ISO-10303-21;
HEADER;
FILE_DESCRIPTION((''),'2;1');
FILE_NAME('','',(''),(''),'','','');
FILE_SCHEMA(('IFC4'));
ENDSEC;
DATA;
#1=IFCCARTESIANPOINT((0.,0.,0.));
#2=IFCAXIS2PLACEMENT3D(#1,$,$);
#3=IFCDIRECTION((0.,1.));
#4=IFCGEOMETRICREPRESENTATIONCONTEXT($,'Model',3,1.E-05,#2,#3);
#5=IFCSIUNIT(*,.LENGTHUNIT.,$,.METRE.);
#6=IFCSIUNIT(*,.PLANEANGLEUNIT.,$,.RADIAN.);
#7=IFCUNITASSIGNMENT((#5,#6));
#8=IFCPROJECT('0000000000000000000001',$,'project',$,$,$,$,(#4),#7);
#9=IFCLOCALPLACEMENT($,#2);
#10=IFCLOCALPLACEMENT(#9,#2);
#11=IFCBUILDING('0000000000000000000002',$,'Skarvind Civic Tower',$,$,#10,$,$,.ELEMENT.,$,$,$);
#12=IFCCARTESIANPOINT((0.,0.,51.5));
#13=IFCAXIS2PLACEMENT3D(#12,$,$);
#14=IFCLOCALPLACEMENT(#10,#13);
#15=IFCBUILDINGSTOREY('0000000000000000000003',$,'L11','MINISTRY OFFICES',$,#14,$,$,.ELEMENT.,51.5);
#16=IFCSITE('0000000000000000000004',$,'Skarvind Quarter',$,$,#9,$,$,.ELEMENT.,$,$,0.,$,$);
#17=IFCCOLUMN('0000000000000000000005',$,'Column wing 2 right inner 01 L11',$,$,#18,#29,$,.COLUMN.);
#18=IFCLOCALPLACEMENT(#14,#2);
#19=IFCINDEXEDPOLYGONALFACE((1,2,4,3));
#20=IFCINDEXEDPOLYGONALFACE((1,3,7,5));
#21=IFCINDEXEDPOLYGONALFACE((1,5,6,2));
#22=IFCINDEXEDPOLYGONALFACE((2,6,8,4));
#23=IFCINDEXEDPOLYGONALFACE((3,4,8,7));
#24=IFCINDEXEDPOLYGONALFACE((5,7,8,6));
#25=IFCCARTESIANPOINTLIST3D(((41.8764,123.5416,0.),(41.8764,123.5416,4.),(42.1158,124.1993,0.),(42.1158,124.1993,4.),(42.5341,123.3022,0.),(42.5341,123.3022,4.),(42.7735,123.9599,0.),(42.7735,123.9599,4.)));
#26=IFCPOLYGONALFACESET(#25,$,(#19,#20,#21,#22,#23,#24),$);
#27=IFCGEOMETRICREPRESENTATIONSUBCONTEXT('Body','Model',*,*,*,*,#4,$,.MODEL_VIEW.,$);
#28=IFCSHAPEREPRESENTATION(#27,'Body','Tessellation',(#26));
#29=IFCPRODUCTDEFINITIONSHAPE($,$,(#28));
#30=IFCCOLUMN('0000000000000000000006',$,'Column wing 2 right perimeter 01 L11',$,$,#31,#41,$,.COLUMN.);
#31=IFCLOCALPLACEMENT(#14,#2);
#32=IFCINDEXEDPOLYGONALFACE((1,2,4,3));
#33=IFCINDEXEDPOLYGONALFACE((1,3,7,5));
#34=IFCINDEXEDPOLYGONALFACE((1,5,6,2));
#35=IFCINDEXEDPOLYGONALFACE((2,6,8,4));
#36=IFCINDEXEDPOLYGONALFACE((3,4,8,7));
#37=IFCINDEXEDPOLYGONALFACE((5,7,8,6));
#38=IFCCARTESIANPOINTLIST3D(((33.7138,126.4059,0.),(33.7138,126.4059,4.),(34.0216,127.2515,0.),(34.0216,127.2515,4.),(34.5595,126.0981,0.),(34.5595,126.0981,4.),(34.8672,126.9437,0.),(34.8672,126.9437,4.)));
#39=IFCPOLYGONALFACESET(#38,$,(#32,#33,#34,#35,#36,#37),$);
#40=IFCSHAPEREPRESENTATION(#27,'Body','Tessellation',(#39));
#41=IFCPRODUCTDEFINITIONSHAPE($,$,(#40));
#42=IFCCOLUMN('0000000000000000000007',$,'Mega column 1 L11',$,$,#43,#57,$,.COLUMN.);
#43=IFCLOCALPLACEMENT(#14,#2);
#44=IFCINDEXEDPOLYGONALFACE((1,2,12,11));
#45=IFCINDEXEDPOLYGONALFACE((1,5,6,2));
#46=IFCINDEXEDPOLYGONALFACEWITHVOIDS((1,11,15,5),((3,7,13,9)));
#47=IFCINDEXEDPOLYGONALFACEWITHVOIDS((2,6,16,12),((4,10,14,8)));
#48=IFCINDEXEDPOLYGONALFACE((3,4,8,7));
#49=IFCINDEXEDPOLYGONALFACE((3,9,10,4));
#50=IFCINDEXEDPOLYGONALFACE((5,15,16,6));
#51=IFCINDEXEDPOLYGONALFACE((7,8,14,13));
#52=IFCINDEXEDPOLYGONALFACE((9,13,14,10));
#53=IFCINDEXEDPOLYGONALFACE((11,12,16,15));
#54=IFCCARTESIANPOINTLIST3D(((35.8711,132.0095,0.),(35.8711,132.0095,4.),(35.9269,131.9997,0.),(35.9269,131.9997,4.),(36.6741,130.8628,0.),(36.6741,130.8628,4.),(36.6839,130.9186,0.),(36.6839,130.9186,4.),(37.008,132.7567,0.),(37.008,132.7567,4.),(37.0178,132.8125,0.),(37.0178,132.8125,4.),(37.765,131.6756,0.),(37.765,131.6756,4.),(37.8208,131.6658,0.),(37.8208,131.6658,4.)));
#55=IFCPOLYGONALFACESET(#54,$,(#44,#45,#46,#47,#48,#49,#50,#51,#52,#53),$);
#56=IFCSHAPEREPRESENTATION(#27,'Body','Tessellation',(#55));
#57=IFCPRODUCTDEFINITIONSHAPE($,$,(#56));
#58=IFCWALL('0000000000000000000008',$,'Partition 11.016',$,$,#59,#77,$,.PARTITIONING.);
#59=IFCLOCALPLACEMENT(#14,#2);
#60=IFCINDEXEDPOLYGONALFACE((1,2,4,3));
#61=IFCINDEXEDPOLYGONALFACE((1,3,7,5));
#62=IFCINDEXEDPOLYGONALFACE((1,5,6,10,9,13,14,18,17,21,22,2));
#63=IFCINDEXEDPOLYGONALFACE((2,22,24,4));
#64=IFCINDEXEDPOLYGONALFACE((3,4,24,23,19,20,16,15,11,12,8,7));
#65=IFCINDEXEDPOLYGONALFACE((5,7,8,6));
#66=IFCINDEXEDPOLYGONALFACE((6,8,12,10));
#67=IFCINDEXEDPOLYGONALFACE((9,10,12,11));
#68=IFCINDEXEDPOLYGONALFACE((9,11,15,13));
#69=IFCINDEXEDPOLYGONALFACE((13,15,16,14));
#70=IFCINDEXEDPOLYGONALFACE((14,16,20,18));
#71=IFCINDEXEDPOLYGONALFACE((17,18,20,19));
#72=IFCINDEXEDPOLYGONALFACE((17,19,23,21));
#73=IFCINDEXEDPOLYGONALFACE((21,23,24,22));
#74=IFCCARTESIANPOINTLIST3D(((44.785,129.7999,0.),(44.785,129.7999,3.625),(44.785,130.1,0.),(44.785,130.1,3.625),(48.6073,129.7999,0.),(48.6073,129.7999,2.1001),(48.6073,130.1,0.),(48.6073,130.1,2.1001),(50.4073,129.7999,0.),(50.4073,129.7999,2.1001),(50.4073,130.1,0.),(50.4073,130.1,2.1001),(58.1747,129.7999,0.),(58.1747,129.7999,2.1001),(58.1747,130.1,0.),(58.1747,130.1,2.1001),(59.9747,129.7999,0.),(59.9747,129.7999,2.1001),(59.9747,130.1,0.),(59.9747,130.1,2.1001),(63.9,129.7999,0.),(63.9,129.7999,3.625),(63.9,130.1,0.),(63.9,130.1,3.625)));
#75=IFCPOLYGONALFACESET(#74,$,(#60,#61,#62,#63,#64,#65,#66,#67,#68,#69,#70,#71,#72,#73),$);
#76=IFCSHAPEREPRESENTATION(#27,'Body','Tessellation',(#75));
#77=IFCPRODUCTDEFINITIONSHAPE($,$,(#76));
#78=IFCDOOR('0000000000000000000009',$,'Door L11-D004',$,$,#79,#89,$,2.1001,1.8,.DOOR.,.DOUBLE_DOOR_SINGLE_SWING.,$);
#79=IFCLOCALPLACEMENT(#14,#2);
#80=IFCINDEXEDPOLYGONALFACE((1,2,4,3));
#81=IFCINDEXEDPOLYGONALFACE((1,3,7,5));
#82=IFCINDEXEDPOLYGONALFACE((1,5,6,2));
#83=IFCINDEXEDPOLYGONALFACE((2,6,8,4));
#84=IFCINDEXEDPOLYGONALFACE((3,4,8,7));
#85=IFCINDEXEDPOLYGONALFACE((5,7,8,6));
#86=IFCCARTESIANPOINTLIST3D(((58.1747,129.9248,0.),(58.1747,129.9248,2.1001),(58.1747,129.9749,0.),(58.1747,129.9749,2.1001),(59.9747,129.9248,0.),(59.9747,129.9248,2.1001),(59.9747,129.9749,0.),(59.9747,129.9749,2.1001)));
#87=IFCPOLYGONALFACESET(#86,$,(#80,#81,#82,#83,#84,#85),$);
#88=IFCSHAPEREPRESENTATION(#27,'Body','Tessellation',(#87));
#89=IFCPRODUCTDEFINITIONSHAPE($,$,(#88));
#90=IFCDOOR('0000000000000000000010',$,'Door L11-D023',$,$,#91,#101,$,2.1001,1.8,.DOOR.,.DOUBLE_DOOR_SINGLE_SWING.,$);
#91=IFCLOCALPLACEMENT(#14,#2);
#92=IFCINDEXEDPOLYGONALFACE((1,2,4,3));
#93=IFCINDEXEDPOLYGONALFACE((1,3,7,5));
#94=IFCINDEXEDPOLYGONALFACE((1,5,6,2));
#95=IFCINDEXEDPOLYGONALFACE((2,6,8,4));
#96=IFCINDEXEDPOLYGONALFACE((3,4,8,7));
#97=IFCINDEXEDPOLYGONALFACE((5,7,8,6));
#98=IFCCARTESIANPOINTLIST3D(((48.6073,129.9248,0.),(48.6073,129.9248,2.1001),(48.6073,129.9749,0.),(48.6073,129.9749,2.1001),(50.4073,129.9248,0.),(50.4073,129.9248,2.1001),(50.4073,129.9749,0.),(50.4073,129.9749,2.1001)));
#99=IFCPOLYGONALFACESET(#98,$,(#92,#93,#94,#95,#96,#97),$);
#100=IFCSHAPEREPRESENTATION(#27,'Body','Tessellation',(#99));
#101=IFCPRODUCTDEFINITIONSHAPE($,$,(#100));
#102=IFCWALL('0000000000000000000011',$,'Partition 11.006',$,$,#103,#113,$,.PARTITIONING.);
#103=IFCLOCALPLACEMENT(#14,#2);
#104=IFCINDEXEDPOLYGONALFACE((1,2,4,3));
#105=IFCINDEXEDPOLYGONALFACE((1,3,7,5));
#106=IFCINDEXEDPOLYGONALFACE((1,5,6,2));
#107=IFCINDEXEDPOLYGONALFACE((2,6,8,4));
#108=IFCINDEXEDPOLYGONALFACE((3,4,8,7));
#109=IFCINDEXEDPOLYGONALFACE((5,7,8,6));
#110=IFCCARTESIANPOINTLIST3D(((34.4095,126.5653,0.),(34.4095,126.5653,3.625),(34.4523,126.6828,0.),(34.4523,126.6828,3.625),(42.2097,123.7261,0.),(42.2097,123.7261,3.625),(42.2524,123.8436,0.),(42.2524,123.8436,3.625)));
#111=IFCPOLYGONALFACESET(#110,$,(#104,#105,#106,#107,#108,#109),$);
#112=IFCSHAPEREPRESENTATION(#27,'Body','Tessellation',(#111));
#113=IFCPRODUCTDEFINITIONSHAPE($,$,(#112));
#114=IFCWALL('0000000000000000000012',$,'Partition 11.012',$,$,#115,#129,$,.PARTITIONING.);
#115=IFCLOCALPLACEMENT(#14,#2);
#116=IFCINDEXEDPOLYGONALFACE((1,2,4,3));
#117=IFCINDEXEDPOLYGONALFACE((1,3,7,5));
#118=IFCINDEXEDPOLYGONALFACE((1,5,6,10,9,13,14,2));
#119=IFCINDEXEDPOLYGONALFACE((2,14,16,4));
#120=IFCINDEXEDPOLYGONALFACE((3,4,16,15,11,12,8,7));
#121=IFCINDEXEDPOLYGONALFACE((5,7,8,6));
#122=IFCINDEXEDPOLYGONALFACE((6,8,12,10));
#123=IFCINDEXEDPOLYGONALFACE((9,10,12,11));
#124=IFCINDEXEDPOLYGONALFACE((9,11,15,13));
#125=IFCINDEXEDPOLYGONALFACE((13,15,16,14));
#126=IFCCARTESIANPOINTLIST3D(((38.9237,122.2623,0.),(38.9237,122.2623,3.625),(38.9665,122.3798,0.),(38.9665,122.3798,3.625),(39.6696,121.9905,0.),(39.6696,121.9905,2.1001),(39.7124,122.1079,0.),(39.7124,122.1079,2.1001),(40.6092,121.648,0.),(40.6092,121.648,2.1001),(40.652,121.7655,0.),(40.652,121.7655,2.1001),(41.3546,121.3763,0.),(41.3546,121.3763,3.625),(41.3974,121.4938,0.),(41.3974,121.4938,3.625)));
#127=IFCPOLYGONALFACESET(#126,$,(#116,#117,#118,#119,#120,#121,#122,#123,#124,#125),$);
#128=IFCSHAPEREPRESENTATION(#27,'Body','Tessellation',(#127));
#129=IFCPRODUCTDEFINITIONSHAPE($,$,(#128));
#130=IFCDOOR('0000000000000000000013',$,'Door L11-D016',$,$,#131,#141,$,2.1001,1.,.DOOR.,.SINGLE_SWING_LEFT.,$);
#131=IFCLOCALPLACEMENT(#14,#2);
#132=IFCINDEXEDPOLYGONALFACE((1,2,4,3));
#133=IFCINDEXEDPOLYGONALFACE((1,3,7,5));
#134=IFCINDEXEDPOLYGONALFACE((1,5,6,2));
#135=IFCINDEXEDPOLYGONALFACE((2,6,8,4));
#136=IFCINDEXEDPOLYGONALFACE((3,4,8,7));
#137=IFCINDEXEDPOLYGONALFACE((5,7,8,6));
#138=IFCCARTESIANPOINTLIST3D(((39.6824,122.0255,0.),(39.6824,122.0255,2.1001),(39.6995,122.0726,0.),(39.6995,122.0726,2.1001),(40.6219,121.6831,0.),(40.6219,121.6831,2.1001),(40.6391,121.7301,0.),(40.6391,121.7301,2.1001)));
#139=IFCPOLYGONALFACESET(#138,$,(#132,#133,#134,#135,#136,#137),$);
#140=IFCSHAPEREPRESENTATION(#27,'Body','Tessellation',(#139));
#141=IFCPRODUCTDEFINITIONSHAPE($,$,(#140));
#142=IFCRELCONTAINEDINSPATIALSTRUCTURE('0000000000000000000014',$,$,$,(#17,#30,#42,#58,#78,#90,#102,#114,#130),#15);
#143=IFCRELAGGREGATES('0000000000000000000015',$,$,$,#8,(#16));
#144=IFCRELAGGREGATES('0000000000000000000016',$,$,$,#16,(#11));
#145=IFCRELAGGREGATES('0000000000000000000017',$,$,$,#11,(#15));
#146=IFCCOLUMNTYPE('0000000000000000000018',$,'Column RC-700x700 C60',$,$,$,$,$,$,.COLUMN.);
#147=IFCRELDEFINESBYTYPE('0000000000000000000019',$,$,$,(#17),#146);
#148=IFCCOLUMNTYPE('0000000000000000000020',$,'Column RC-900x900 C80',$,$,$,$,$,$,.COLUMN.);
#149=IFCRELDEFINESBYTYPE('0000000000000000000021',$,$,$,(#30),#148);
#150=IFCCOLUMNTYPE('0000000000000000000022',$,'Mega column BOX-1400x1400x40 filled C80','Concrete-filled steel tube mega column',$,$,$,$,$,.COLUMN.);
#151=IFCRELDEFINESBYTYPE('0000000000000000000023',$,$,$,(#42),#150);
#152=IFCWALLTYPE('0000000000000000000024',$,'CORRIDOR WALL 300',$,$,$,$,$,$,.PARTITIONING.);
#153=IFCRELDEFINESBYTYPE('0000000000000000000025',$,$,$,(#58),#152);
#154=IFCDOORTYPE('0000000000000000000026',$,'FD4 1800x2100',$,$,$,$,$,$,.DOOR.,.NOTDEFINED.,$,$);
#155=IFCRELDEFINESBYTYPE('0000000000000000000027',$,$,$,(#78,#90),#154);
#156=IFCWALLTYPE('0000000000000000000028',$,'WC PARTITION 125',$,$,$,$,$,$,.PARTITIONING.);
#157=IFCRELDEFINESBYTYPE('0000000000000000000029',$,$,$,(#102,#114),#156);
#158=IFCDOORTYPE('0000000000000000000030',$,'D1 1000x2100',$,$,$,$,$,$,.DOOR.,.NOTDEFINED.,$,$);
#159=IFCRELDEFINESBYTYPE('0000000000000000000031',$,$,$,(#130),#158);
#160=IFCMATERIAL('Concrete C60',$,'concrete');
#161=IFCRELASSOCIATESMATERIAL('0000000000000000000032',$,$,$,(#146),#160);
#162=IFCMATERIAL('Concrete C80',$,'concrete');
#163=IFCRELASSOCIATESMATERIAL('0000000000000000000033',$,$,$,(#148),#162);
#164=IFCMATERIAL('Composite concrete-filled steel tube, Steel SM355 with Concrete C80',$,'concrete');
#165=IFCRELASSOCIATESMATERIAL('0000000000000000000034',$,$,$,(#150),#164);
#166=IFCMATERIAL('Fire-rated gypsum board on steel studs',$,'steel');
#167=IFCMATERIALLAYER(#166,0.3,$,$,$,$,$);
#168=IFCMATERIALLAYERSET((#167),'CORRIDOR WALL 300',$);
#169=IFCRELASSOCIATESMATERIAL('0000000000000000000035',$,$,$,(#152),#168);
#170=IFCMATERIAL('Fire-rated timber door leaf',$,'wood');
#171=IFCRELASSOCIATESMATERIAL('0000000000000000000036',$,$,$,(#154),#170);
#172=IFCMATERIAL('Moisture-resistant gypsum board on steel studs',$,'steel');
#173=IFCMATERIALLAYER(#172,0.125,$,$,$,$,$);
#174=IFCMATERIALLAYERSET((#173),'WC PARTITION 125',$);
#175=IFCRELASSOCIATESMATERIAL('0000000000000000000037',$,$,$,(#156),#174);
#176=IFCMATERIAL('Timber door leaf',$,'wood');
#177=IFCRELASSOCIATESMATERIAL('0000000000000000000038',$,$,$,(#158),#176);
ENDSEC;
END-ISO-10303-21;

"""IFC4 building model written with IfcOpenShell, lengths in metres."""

from ifc_helpers import new_model, si_unit, direction, frame, frame_2d, origin, origin_2d, place, context, subcontext, project, spatial, rectangle, hollow_rectangle, extrude, material, layer, layer_set, material_profile, profile_set, type_object, element, fill, save


model = new_model("IFC4")

# Units and contexts
model_context = context("Model", 3, precision=1e-05, world=origin(), true_north=direction((0.0, 1.0)))
body_context = subcontext(model_context, "Body", "Model", "MODEL_VIEW")
ifc_project = project(units=[si_unit("LENGTHUNIT", "METRE"), si_unit("PLANEANGLEUNIT", "RADIAN")], contexts=[model_context])

# Site, building, storey
site_placement = place(None, origin())
site = spatial("IfcSite", under=ifc_project, at=site_placement, Name="Skarvind Quarter", CompositionType="ELEMENT", RefElevation=0.0)
building_placement = place(site_placement, origin())
building = spatial("IfcBuilding", under=site, at=building_placement, Name="Skarvind Civic Tower", CompositionType="ELEMENT")
storey_placement = place(building_placement, frame((0.0, 0.0, 51.5)))
storey = spatial("IfcBuildingStorey", under=building, at=storey_placement, Name="L11", Description="MINISTRY OFFICES", CompositionType="ELEMENT", Elevation=51.5)

# Columns
ifc_material_1 = material(Name="Concrete C60", Category="concrete")
ifc_material_profile_1 = material_profile(ifc_material_1, rectangle(XDim=0.7, YDim=0.7, at=origin_2d()), Name="RC-700x700")
ifc_profile_set_1 = profile_set([ifc_material_profile_1], Name="Concrete C60")
column_type_1 = type_object("IfcColumnType", Name="Column RC-700x700 C60", PredefinedType="COLUMN", material=ifc_profile_set_1)
column_1_placement = place(storey_placement, frame((42.325, 123.7507, 0.0), z_axis=(0.0, 0.0, 1.0), x_axis=(-0.34202, -0.939693, 0.0)))
element("IfcColumn", 1, at=column_1_placement, inside=storey, type_object=column_type_1, Name="Column wing 2 right inner 01 L11", PredefinedType="COLUMN", context=body_context, shape_type="SweptSolid", body=[
    extrude(rectangle(XDim=0.7, YDim=0.7, at=origin_2d()), origin(), (0.0, 0.0, 1.0), 4.0),
])
ifc_material_2 = material(Name="Concrete C80", Category="concrete")
ifc_material_profile_2 = material_profile(ifc_material_2, rectangle(XDim=0.8999, YDim=0.8999, at=origin_2d()), Name="RC-900x900")
ifc_profile_set_2 = profile_set([ifc_material_profile_2], Name="Concrete C80")
column_type_2 = type_object("IfcColumnType", Name="Column RC-900x900 C80", PredefinedType="COLUMN", material=ifc_profile_set_2)
column_2_placement = place(storey_placement, frame((34.2905, 126.6748, 0.0), z_axis=(0.0, 0.0, 1.0), x_axis=(-0.34202, -0.939693, 0.0)))
element("IfcColumn", 2, at=column_2_placement, inside=storey, type_object=column_type_2, Name="Column wing 2 right perimeter 01 L11", PredefinedType="COLUMN", context=body_context, shape_type="SweptSolid", body=[
    extrude(rectangle(XDim=0.8999, YDim=0.8999, at=origin_2d()), origin(), (0.0, 0.0, 1.0), 4.0),
])
ifc_material_3 = material(Name="Composite concrete-filled steel tube, Steel SM355 with Concrete C80", Category="concrete")
ifc_material_profile_3 = material_profile(ifc_material_3, hollow_rectangle(XDim=1.3999, YDim=1.3999, WallThickness=0.04, at=origin_2d()), Name="BOX-1400x1400x40")
ifc_profile_set_3 = profile_set([ifc_material_profile_3], Name="Composite concrete-filled steel tube, Steel SM355 with Concrete C80")
column_type_3 = type_object("IfcColumnType", Name="Mega column BOX-1400x1400x40 filled C80", Description="Concrete-filled steel tube mega column", PredefinedType="COLUMN", material=ifc_profile_set_3)
column_3_placement = place(storey_placement, frame((36.8459, 131.8376, 0.0), z_axis=(0.0, 0.0, 1.0), x_axis=(0.573576, -0.819152, 0.0)))
element("IfcColumn", 3, at=column_3_placement, inside=storey, type_object=column_type_3, Name="Mega column 1 L11", PredefinedType="COLUMN", context=body_context, shape_type="SweptSolid", body=[
    extrude(hollow_rectangle(XDim=1.3999, YDim=1.3999, WallThickness=0.04, at=origin_2d()), origin(), (0.0, 0.0, 1.0), 4.0),
])

# Wall, openings, doors
ifc_material_4 = material(Name="Fire-rated gypsum board on steel studs", Category="steel")
ifc_layer_1 = layer(ifc_material_4, 0.3)
ifc_layer_set_1 = layer_set([ifc_layer_1], Name="CORRIDOR WALL 300")
wall_type_1 = type_object("IfcWallType", Name="CORRIDOR WALL 300", PredefinedType="PARTITIONING", material=ifc_layer_set_1)
wall_1_placement = place(storey_placement, frame((44.7849, 129.95, 0.0), z_axis=(0.0, 0.0, 1.0), x_axis=(1.0, 0.0, 0.0)))
wall_1 = element("IfcWall", 4, at=wall_1_placement, inside=storey, type_object=wall_type_1, Name="Partition 11.016", PredefinedType="PARTITIONING", context=body_context, shape_type="SweptSolid", body=[
    extrude(rectangle(XDim=19.115, YDim=0.3, at=frame_2d((9.5576, 0.0))), origin(), (0.0, 0.0, 1.0), 3.625),
])
opening_1_placement = place(wall_1_placement, frame((13.3899, 0.0, 0.0)))
opening_1 = element("IfcOpeningElement", 5, at=opening_1_placement, cuts=wall_1, PredefinedType="OPENING", context=body_context, shape_type="SweptSolid", body=[
    extrude(rectangle(XDim=1.8, YDim=2.1001, at=frame_2d((0.8999, 1.05))), frame((0.0, 0.1599, 0.0), z_axis=(0.0, -1.0, 0.0), x_axis=(1.0, 0.0, 0.0)), (0.0, 0.0, 1.0), 0.3201),
])
opening_2_placement = place(wall_1_placement, frame((3.8225, 0.0, 0.0)))
opening_2 = element("IfcOpeningElement", 6, at=opening_2_placement, cuts=wall_1, PredefinedType="OPENING", context=body_context, shape_type="SweptSolid", body=[
    extrude(rectangle(XDim=1.8, YDim=2.1001, at=frame_2d((0.8999, 1.05))), frame((0.0, 0.1599, 0.0), z_axis=(0.0, -1.0, 0.0), x_axis=(1.0, 0.0, 0.0)), (0.0, 0.0, 1.0), 0.3201),
])
ifc_material_5 = material(Name="Fire-rated timber door leaf", Category="wood")
door_type_1 = type_object("IfcDoorType", Name="FD4 1800x2100", OperationType="NOTDEFINED", PredefinedType="DOOR", material=ifc_material_5)
door_1_placement = place(opening_1_placement, origin())
door_1 = element("IfcDoor", 7, at=door_1_placement, inside=storey, type_object=door_type_1, Name="Door L11-D004", OperationType="DOUBLE_DOOR_SINGLE_SWING", OverallHeight=2.1001, OverallWidth=1.8, PredefinedType="DOOR", context=body_context, shape_type="SweptSolid", body=[
    extrude(rectangle(XDim=1.8, YDim=2.1001, at=frame_2d((0.8999, 1.05))), frame((0.0, 0.0249, 0.0), z_axis=(0.0, -1.0, 0.0), x_axis=(1.0, 0.0, 0.0)), (0.0, 0.0, 1.0), 0.05),
])
fill(opening_1, door_1)
door_2_placement = place(opening_2_placement, origin())
door_2 = element("IfcDoor", 8, at=door_2_placement, inside=storey, type_object=door_type_1, Name="Door L11-D023", OperationType="DOUBLE_DOOR_SINGLE_SWING", OverallHeight=2.1001, OverallWidth=1.8, PredefinedType="DOOR", context=body_context, shape_type="SweptSolid", body=[
    extrude(rectangle(XDim=1.8, YDim=2.1001, at=frame_2d((0.8999, 1.05))), frame((0.0, 0.0249, 0.0), z_axis=(0.0, -1.0, 0.0), x_axis=(1.0, 0.0, 0.0)), (0.0, 0.0, 1.0), 0.05),
])
fill(opening_2, door_2)

# Wall
ifc_material_6 = material(Name="Moisture-resistant gypsum board on steel studs", Category="steel")
ifc_layer_2 = layer(ifc_material_6, 0.125)
ifc_layer_set_2 = layer_set([ifc_layer_2], Name="WC PARTITION 125")
wall_type_2 = type_object("IfcWallType", Name="WC PARTITION 125", PredefinedType="PARTITIONING", material=ifc_layer_set_2)
wall_2_placement = place(storey_placement, frame((34.4309, 126.624, 0.0), z_axis=(0.0, 0.0, 1.0), x_axis=(0.939688, -0.342034, 0.0)))
element("IfcWall", 9, at=wall_2_placement, inside=storey, type_object=wall_type_2, Name="Partition 11.006", PredefinedType="PARTITIONING", context=body_context, shape_type="SweptSolid", body=[
    extrude(rectangle(XDim=8.3008, YDim=0.125, at=frame_2d((4.1504, 0.0))), origin(), (0.0, 0.0, 1.0), 3.625),
])

# Wall, opening, door
wall_3_placement = place(storey_placement, frame((38.9451, 122.321, 0.0), z_axis=(0.0, 0.0, 1.0), x_axis=(0.939542, -0.342432, 0.0)))
wall_3 = element("IfcWall", 10, at=wall_3_placement, inside=storey, type_object=wall_type_2, Name="Partition 11.012", PredefinedType="PARTITIONING", context=body_context, shape_type="SweptSolid", body=[
    extrude(rectangle(XDim=2.5874, YDim=0.125, at=frame_2d((1.2937, 0.0))), origin(), (0.0, 0.0, 1.0), 3.625),
])
opening_3_placement = place(wall_3_placement, frame((0.7939, 0.0, 0.0)))
opening_3 = element("IfcOpeningElement", 11, at=opening_3_placement, cuts=wall_3, PredefinedType="OPENING", context=body_context, shape_type="SweptSolid", body=[
    extrude(rectangle(XDim=1.0, YDim=2.1001, at=frame_2d((0.5, 1.05))), frame((0.0, 0.0725, 0.0), z_axis=(0.0, -1.0, 0.0), x_axis=(1.0, 0.0, 0.0)), (0.0, 0.0, 1.0), 0.145),
])
ifc_material_7 = material(Name="Timber door leaf", Category="wood")
door_type_2 = type_object("IfcDoorType", Name="D1 1000x2100", OperationType="NOTDEFINED", PredefinedType="DOOR", material=ifc_material_7)
door_3_placement = place(opening_3_placement, origin())
door_3 = element("IfcDoor", 12, at=door_3_placement, inside=storey, type_object=door_type_2, Name="Door L11-D016", OperationType="SINGLE_SWING_LEFT", OverallHeight=2.1001, OverallWidth=1.0, PredefinedType="DOOR", context=body_context, shape_type="SweptSolid", body=[
    extrude(rectangle(XDim=1.0, YDim=2.1001, at=frame_2d((0.5, 1.05))), frame((0.0, 0.0249, 0.0), z_axis=(0.0, -1.0, 0.0), x_axis=(1.0, 0.0, 0.0)), (0.0, 0.0, 1.0), 0.05),
])
fill(opening_3, door_3)

save(model, "model.ifc")
